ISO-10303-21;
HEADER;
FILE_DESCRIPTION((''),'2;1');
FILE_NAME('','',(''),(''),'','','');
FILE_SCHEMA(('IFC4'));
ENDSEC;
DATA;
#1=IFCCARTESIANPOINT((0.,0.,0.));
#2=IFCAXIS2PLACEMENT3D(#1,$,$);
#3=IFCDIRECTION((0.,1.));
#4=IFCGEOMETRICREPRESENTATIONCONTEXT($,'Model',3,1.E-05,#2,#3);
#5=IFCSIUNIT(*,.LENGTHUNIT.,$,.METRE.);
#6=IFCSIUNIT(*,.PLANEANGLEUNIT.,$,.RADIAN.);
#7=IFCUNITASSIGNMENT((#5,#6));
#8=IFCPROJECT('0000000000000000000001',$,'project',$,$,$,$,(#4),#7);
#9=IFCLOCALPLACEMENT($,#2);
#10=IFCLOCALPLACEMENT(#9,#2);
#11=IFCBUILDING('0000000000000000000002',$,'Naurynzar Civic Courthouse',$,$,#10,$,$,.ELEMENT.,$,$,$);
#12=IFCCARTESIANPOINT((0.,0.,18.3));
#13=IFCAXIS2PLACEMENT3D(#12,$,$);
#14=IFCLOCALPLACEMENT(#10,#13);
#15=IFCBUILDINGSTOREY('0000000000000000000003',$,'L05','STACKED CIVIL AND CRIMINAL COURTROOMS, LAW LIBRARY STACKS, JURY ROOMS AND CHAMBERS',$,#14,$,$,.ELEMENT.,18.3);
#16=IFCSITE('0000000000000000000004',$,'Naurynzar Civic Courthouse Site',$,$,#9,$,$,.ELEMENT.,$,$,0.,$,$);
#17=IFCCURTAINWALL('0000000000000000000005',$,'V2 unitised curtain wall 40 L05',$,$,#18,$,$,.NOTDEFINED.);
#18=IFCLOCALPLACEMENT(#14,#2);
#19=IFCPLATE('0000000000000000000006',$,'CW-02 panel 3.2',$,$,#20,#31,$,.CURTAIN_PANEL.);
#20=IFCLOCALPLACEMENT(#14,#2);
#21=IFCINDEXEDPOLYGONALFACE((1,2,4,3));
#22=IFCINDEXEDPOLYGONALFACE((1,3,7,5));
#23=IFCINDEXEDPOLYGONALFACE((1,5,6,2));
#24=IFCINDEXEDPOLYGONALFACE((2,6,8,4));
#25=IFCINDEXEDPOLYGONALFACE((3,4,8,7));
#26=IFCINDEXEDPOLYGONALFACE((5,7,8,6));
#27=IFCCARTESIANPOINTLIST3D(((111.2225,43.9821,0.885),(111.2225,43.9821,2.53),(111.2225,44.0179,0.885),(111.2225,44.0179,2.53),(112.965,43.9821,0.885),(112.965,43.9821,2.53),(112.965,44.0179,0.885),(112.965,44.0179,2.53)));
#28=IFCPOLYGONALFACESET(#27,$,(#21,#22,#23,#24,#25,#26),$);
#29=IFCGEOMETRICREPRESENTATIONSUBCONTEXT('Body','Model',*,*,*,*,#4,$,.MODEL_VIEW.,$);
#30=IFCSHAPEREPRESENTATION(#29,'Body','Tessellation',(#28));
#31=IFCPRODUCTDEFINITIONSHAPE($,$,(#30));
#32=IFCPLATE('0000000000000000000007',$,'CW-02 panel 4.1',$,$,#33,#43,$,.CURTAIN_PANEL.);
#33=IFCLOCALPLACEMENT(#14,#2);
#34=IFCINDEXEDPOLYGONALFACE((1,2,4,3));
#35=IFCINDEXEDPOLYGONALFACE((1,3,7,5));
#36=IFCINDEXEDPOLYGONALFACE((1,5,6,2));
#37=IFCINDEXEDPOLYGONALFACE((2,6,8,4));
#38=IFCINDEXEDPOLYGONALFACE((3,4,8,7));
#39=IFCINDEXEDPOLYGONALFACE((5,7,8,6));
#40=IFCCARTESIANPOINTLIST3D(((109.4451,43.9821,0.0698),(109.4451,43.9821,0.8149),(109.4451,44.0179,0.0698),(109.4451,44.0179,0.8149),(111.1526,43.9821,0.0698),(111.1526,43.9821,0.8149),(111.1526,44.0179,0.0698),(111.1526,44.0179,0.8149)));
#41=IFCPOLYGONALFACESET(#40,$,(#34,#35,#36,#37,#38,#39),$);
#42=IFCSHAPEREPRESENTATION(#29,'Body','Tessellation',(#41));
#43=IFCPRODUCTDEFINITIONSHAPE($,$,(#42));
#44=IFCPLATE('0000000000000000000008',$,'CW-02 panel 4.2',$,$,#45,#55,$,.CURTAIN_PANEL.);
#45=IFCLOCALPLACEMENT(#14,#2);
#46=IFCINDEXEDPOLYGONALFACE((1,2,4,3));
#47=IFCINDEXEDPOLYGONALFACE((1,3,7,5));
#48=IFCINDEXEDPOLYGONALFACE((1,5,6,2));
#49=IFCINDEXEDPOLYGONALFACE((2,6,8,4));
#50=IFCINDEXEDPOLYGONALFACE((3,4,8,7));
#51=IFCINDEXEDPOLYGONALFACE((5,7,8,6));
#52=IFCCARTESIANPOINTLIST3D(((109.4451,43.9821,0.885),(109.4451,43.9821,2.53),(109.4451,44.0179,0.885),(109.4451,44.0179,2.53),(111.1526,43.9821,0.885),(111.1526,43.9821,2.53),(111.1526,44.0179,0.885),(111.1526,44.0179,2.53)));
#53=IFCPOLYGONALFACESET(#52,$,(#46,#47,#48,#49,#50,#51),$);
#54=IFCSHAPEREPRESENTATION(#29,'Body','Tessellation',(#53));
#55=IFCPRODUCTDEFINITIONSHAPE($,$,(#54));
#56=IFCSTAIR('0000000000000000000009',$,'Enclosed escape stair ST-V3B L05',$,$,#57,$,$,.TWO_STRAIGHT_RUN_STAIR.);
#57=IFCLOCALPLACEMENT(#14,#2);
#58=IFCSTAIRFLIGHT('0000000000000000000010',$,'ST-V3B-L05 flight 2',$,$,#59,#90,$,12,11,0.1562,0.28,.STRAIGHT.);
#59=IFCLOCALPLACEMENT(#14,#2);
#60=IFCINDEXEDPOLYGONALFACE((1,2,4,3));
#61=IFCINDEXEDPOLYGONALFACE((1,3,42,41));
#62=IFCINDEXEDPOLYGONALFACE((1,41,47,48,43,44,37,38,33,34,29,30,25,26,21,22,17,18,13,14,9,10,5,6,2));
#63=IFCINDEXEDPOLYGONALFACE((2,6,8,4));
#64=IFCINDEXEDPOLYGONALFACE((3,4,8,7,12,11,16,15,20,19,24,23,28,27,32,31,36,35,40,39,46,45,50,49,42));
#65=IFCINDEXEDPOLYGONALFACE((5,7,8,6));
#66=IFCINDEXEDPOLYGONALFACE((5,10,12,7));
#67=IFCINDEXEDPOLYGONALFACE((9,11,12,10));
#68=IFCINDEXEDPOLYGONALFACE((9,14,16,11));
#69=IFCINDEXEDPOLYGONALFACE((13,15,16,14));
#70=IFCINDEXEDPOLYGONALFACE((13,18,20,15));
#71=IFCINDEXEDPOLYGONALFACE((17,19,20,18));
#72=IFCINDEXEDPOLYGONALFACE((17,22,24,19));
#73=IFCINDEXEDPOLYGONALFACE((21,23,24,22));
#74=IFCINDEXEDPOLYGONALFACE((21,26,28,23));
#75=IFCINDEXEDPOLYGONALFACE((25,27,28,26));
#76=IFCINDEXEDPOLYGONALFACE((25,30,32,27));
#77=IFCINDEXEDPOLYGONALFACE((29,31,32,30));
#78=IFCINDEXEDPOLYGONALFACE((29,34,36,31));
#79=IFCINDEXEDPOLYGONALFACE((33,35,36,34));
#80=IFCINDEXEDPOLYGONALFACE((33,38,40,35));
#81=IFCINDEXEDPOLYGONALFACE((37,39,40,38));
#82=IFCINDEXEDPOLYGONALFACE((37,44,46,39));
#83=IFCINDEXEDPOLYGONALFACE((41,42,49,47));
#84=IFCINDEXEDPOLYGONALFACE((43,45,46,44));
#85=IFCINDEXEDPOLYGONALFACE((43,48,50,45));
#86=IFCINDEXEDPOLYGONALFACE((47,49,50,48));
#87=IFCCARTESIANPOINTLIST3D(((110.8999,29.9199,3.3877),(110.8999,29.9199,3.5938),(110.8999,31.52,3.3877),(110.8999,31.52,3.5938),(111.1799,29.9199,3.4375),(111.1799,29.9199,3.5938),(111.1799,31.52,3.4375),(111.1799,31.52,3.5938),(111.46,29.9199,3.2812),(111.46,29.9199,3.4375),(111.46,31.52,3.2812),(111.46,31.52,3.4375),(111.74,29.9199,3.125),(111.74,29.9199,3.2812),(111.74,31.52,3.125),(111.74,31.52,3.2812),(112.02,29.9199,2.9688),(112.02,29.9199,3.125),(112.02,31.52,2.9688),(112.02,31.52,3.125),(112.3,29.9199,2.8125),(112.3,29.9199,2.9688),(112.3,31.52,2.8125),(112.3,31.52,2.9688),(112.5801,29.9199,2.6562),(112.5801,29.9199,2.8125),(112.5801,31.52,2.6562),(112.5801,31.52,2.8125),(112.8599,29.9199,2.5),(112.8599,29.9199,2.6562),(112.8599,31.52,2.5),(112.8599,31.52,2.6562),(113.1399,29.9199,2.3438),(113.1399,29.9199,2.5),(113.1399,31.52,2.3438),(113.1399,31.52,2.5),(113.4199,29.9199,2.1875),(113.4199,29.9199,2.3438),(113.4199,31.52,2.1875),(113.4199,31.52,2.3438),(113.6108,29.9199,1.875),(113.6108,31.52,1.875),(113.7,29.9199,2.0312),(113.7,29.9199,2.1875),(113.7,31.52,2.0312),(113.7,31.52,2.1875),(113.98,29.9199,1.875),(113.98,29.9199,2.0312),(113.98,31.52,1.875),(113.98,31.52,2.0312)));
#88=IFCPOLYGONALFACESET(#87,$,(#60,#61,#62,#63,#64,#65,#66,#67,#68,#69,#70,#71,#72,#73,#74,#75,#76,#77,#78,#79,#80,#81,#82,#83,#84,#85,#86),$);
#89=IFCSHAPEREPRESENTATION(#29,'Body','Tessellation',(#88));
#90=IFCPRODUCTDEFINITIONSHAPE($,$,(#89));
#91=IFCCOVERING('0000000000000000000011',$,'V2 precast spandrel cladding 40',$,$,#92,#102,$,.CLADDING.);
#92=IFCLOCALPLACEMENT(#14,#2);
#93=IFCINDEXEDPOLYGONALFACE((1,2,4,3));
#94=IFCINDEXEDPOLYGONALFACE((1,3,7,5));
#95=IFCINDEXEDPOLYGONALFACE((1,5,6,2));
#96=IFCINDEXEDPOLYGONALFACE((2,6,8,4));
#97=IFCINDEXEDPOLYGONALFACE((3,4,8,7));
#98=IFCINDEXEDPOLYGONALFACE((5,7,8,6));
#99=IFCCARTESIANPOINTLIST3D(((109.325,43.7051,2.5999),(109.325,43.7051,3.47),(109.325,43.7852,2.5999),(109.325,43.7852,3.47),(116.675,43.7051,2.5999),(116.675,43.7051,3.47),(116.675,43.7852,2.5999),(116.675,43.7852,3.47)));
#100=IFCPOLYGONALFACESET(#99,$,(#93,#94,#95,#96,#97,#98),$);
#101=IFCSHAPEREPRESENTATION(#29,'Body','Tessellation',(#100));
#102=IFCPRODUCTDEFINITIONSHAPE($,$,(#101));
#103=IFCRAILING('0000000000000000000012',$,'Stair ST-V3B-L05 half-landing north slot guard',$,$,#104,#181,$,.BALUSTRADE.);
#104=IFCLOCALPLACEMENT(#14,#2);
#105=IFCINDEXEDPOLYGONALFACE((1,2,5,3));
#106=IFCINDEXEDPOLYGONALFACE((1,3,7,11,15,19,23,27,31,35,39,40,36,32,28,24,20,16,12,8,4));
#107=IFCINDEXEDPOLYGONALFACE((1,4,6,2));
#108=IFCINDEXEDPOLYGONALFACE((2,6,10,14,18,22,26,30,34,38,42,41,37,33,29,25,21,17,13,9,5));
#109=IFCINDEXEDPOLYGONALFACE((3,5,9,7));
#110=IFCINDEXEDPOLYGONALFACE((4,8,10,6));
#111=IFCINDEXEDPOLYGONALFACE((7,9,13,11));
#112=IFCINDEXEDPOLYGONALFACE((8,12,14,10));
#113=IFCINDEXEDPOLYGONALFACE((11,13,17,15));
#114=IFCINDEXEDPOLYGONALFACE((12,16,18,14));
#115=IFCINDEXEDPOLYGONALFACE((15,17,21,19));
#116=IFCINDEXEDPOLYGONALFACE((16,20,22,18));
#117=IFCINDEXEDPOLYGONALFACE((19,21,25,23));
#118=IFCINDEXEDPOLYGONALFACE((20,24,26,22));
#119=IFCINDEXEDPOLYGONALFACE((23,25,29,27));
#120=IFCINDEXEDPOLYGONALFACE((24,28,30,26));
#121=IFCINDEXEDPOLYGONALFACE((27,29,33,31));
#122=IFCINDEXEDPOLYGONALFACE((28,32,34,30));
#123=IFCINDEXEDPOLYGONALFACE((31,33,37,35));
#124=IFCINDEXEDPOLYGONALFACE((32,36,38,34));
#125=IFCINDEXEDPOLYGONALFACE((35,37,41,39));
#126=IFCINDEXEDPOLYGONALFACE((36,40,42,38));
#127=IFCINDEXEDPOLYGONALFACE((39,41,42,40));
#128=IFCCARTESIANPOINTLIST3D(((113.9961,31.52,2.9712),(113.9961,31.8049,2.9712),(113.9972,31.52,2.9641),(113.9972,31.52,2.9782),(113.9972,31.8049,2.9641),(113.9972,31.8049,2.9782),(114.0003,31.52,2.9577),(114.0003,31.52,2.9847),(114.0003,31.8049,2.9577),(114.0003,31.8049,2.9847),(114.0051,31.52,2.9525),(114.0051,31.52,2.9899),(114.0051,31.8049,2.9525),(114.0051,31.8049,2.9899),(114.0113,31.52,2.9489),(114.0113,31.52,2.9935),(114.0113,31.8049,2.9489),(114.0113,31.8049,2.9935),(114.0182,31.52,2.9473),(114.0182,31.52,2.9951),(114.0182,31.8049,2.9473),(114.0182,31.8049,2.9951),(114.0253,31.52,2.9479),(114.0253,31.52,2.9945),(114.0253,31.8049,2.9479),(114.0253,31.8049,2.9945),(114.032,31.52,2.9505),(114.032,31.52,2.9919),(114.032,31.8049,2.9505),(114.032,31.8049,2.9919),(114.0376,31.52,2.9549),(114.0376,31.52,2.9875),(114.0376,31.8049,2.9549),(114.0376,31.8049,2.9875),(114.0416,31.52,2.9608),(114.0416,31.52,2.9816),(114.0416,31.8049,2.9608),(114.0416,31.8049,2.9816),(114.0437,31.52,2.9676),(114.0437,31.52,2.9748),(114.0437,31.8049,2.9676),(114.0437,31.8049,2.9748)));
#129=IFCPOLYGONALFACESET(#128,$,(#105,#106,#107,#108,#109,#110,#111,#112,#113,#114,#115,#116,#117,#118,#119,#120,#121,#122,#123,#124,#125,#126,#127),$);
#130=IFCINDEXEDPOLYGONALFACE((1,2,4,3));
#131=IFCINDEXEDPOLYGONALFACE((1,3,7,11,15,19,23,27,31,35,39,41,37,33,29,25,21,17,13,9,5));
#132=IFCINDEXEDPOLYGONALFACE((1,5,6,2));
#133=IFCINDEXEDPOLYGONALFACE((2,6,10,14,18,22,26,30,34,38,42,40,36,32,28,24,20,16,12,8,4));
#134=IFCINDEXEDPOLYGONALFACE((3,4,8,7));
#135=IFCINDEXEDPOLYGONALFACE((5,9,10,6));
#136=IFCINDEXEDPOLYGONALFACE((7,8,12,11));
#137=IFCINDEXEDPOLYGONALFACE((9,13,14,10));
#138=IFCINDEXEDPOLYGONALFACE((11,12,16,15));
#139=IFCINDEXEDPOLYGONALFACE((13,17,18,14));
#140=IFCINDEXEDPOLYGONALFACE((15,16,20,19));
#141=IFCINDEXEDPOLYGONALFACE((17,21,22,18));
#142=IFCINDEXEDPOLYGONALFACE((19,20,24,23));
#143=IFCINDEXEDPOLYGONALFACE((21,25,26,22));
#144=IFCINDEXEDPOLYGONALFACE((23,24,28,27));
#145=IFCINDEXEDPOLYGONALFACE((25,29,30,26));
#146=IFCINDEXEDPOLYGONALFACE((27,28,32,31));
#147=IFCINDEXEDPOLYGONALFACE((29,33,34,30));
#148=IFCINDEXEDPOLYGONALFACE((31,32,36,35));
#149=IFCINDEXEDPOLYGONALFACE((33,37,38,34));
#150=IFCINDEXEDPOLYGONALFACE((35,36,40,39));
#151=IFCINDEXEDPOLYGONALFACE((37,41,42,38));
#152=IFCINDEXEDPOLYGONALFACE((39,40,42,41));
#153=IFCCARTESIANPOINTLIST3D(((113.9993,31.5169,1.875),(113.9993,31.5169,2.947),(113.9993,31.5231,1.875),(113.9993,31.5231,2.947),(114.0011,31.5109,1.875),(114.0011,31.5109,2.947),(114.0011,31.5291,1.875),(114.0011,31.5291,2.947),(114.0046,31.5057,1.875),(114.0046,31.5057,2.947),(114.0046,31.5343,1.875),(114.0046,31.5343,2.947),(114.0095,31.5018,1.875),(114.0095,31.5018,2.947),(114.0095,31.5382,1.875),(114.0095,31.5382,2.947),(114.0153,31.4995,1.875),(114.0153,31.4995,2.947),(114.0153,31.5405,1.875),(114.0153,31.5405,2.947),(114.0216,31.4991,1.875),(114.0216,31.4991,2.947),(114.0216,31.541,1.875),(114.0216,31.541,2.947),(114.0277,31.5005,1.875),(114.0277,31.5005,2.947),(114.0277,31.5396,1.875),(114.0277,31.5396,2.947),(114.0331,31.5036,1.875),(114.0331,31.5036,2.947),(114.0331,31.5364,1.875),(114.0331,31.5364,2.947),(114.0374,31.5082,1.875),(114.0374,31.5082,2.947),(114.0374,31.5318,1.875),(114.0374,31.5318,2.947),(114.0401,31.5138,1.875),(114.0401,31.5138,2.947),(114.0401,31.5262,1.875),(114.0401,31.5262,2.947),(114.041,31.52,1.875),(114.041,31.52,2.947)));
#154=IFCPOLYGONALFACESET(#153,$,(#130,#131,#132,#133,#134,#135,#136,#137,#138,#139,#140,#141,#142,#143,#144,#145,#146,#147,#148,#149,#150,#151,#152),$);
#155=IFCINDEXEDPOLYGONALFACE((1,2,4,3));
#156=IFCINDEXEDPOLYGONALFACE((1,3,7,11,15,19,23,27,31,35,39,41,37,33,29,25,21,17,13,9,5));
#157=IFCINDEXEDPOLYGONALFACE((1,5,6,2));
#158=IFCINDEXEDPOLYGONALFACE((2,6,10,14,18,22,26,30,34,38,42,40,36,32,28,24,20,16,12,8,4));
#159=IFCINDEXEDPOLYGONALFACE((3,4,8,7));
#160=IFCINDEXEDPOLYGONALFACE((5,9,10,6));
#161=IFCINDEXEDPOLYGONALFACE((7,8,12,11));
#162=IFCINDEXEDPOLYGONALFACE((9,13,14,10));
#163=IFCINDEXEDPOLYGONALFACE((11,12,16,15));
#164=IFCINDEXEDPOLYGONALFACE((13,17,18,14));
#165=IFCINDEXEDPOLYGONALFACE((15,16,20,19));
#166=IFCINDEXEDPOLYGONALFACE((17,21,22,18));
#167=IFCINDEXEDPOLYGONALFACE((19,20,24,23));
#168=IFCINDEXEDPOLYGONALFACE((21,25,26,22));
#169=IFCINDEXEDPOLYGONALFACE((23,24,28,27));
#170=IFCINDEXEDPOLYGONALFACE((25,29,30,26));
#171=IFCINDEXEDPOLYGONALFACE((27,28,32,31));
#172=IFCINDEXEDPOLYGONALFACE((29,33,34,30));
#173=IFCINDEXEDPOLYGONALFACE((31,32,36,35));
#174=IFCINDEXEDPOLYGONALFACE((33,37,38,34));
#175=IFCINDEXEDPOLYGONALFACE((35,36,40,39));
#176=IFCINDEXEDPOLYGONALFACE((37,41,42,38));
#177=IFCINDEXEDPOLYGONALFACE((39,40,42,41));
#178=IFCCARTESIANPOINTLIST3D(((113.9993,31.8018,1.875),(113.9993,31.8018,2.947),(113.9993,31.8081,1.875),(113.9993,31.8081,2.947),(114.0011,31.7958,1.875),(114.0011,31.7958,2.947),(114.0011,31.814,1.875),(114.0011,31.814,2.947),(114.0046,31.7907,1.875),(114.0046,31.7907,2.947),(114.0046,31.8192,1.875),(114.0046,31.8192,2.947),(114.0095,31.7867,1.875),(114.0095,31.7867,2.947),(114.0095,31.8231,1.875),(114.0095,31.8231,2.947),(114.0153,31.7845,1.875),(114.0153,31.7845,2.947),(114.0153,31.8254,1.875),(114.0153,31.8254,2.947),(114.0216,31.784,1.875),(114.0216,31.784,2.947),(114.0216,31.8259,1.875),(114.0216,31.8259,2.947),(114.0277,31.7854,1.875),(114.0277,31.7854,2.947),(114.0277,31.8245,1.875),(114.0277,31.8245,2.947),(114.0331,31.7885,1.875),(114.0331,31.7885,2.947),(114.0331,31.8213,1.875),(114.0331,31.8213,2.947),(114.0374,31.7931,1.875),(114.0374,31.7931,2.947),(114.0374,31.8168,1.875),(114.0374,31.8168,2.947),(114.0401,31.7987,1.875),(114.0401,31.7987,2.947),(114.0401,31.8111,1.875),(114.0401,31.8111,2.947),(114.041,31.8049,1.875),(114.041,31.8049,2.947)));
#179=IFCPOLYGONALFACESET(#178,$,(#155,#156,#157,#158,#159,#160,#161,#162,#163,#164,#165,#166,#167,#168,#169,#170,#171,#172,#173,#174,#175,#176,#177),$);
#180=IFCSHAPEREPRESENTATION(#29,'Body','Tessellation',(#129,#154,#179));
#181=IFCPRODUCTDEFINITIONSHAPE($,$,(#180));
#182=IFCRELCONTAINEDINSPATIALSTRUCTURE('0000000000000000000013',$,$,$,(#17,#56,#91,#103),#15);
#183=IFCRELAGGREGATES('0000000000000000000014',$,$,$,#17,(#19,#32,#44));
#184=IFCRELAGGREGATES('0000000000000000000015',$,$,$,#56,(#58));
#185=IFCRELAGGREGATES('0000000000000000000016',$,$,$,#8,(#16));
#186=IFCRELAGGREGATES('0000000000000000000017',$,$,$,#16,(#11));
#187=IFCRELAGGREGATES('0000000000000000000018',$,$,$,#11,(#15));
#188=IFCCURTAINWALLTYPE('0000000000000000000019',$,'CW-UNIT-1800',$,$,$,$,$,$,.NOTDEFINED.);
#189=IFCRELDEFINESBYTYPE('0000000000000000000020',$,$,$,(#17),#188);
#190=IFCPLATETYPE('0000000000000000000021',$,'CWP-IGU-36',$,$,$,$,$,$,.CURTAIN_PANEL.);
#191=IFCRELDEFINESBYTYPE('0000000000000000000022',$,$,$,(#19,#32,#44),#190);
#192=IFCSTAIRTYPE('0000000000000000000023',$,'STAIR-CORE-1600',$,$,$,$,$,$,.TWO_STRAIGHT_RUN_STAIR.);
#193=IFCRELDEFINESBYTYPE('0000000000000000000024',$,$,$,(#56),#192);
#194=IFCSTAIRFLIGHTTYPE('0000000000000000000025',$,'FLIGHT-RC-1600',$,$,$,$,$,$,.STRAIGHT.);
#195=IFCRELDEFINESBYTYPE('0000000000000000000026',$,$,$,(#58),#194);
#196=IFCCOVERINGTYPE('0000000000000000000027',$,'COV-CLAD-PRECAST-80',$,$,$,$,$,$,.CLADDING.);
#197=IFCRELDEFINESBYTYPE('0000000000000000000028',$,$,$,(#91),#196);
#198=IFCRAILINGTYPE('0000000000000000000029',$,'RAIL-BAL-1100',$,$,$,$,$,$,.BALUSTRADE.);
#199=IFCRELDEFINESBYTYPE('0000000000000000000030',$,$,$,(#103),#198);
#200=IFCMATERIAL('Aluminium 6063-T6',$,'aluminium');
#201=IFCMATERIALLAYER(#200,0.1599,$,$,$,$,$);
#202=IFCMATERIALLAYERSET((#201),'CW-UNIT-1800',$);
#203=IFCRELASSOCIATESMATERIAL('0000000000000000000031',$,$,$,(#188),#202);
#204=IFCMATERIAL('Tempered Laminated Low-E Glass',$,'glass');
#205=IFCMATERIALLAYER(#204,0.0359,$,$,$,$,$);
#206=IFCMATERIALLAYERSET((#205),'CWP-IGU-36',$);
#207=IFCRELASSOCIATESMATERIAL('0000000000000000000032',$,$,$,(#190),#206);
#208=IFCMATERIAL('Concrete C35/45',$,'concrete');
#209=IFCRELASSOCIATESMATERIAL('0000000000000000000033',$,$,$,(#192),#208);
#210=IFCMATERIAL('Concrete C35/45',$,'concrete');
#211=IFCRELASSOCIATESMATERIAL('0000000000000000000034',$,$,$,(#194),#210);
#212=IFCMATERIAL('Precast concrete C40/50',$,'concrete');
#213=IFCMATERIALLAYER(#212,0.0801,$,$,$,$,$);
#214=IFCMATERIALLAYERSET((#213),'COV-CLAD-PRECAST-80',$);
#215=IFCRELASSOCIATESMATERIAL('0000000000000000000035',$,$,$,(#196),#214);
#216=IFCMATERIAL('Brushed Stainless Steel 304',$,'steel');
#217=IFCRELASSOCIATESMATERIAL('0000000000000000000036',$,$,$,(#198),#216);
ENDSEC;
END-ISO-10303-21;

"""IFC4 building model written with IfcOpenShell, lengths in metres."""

from ifc_helpers import new_model, si_unit, direction, frame, origin, origin_2d, place, context, subcontext, project, spatial, polyline, rectangle, circle, outline, extrude, material, layer, layer_set, type_object, element, aggregate, save


model = new_model("IFC4")

# Units and contexts
model_context = context("Model", 3, precision=1e-05, world=origin(), true_north=direction((0.0, 1.0)))
body_context = subcontext(model_context, "Body", "Model", "MODEL_VIEW")
ifc_project = project(units=[si_unit("LENGTHUNIT", "METRE"), si_unit("PLANEANGLEUNIT", "RADIAN")], contexts=[model_context])

# Site, building, storey
site_placement = place(None, origin())
site = spatial("IfcSite", under=ifc_project, at=site_placement, Name="Naurynzar Civic Courthouse Site", CompositionType="ELEMENT", RefElevation=0.0)
building_placement = place(site_placement, origin())
building = spatial("IfcBuilding", under=site, at=building_placement, Name="Naurynzar Civic Courthouse", CompositionType="ELEMENT")
storey_placement = place(building_placement, frame((0.0, 0.0, 18.3)))
storey = spatial("IfcBuildingStorey", under=building, at=storey_placement, Name="L05", Description="STACKED CIVIL AND CRIMINAL COURTROOMS, LAW LIBRARY STACKS, JURY ROOMS AND CHAMBERS", CompositionType="ELEMENT", Elevation=18.3)

# Curtain wall, plates
ifc_material_1 = material(Name="Aluminium 6063-T6", Category="aluminium")
ifc_layer_1 = layer(ifc_material_1, 0.1599)
ifc_layer_set_1 = layer_set([ifc_layer_1], Name="CW-UNIT-1800")
curtain_wall_type = type_object("IfcCurtainWallType", Name="CW-UNIT-1800", PredefinedType="NOTDEFINED", material=ifc_layer_set_1)
curtain_wall_placement = place(storey_placement, origin())
curtain_wall = element("IfcCurtainWall", 1, at=curtain_wall_placement, inside=storey, type_object=curtain_wall_type, Name="V2 unitised curtain wall 40 L05", PredefinedType="NOTDEFINED")
ifc_material_2 = material(Name="Tempered Laminated Low-E Glass", Category="glass")
ifc_layer_2 = layer(ifc_material_2, 0.0359)
ifc_layer_set_2 = layer_set([ifc_layer_2], Name="CWP-IGU-36")
plate_type = type_object("IfcPlateType", Name="CWP-IGU-36", PredefinedType="CURTAIN_PANEL", material=ifc_layer_set_2)
plate_1_placement = place(storey_placement, frame((112.0938, 44.0, 0.885), z_axis=(0.0, 0.0, 1.0), x_axis=(-1.0, 0.0, 0.0)))
plate_1 = element("IfcPlate", 2, at=plate_1_placement, type_object=plate_type, Name="CW-02 panel 3.2", PredefinedType="CURTAIN_PANEL", context=body_context, shape_type="SweptSolid", body=[
    extrude(rectangle(XDim=1.7424, YDim=0.0359, at=origin_2d()), origin(), (0.0, 0.0, 1.0), 1.645),
])
plate_2_placement = place(storey_placement, frame((110.2988, 44.0, 0.0698), z_axis=(0.0, 0.0, 1.0), x_axis=(-1.0, 0.0, 0.0)))
plate_2 = element("IfcPlate", 3, at=plate_2_placement, type_object=plate_type, Name="CW-02 panel 4.1", PredefinedType="CURTAIN_PANEL", context=body_context, shape_type="SweptSolid", body=[
    extrude(rectangle(XDim=1.7075, YDim=0.0359, at=origin_2d()), origin(), (0.0, 0.0, 1.0), 0.7451),
])
plate_3_placement = place(storey_placement, frame((110.2988, 44.0, 0.885), z_axis=(0.0, 0.0, 1.0), x_axis=(-1.0, 0.0, 0.0)))
plate_3 = element("IfcPlate", 4, at=plate_3_placement, type_object=plate_type, Name="CW-02 panel 4.2", PredefinedType="CURTAIN_PANEL", context=body_context, shape_type="SweptSolid", body=[
    extrude(rectangle(XDim=1.7075, YDim=0.0359, at=origin_2d()), origin(), (0.0, 0.0, 1.0), 1.645),
])
aggregate(curtain_wall, [plate_1, plate_2, plate_3])

# Stair, stair flight
ifc_material_3 = material(Name="Concrete C35/45", Category="concrete")
stair_type = type_object("IfcStairType", Name="STAIR-CORE-1600", PredefinedType="TWO_STRAIGHT_RUN_STAIR", material=ifc_material_3)
stair_placement = place(storey_placement, origin())
stair = element("IfcStair", 5, at=stair_placement, inside=storey, type_object=stair_type, Name="Enclosed escape stair ST-V3B L05", PredefinedType="TWO_STRAIGHT_RUN_STAIR")
ifc_material_4 = material(Name="Concrete C35/45", Category="concrete")
stair_flight_type = type_object("IfcStairFlightType", Name="FLIGHT-RC-1600", PredefinedType="STRAIGHT", material=ifc_material_4)
stair_flight_placement = place(storey_placement, frame((113.98, 30.72, 1.875), z_axis=(0.0, 0.0, 1.0), x_axis=(-1.0, 0.0, 0.0)))
stair_flight = element("IfcStairFlight", 6, at=stair_flight_placement, type_object=stair_flight_type, Name="ST-V3B-L05 flight 2", NumberOfRisers=12, NumberOfTreads=11, PredefinedType="STRAIGHT", RiserHeight=0.1562, TreadLength=0.28, context=body_context, shape_type="SweptSolid", body=[
    extrude(outline(polyline([(0.0, 0.0), (0.0, 0.1562), (0.28, 0.1562), (0.28, 0.3125), (0.5601, 0.3125), (0.5601, 0.4688), (0.8401, 0.4688), (0.8401, 0.625), (1.1201, 0.625), (1.1201, 0.7812), (1.3999, 0.7812), (1.3999, 0.9375), (1.6799, 0.9375), (1.6799, 1.0938), (1.96, 1.0938), (1.96, 1.25), (2.24, 1.25), (2.24, 1.4062), (2.52, 1.4062), (2.52, 1.5625), (2.8, 1.5625), (2.8, 1.7188), (3.0801, 1.7188), (3.0801, 1.875), (3.0801, 1.5127), (0.3691, 0.0), (0.0, 0.0)])), frame((0.0, 0.8, 0.0), z_axis=(0.0, -1.0, 0.0), x_axis=(1.0, 0.0, 0.0)), (0.0, 0.0, 1.0), 1.6001),
])
aggregate(stair, [stair_flight])

# Covering
ifc_material_5 = material(Name="Precast concrete C40/50", Category="concrete")
ifc_layer_3 = layer(ifc_material_5, 0.0801)
ifc_layer_set_3 = layer_set([ifc_layer_3], Name="COV-CLAD-PRECAST-80")
covering_type = type_object("IfcCoveringType", Name="COV-CLAD-PRECAST-80", PredefinedType="CLADDING", material=ifc_layer_set_3)
covering_placement = place(storey_placement, frame((113.0, 43.7451, 2.5999), z_axis=(0.0, 0.0, 1.0), x_axis=(-1.0, 0.0, 0.0)))
element("IfcCovering", 7, at=covering_placement, inside=storey, type_object=covering_type, Name="V2 precast spandrel cladding 40", PredefinedType="CLADDING", context=body_context, shape_type="SweptSolid", body=[
    extrude(rectangle(XDim=7.3501, YDim=0.0801, at=origin_2d()), origin(), (0.0, 0.0, 1.0), 0.8701),
])

# Railing
ifc_material_6 = material(Name="Brushed Stainless Steel 304", Category="steel")
railing_type = type_object("IfcRailingType", Name="RAIL-BAL-1100", PredefinedType="BALUSTRADE", material=ifc_material_6)
railing_placement = place(storey_placement, frame((114.02, 31.52, 1.875)))
element("IfcRailing", 8, at=railing_placement, inside=storey, type_object=railing_type, Name="Stair ST-V3B-L05 half-landing north slot guard", PredefinedType="BALUSTRADE", context=body_context, shape_type="SweptSolid", body=[
    extrude(circle(Radius=0.0239, at=origin_2d()), frame((0.0, 0.0, 1.0962), z_axis=(0.0, 1.0, 0.0), x_axis=(-1.0, 0.0, 0.0)), (0.0, 0.0, 1.0), 0.2849),
    extrude(circle(Radius=0.021, at=origin_2d()), origin(), (0.0, 0.0, 1.0), 1.072),
    extrude(circle(Radius=0.021, at=origin_2d()), frame((0.0, 0.2849, 0.0)), (0.0, 0.0, 1.0), 1.072),
])

save(model, "model.ifc")
